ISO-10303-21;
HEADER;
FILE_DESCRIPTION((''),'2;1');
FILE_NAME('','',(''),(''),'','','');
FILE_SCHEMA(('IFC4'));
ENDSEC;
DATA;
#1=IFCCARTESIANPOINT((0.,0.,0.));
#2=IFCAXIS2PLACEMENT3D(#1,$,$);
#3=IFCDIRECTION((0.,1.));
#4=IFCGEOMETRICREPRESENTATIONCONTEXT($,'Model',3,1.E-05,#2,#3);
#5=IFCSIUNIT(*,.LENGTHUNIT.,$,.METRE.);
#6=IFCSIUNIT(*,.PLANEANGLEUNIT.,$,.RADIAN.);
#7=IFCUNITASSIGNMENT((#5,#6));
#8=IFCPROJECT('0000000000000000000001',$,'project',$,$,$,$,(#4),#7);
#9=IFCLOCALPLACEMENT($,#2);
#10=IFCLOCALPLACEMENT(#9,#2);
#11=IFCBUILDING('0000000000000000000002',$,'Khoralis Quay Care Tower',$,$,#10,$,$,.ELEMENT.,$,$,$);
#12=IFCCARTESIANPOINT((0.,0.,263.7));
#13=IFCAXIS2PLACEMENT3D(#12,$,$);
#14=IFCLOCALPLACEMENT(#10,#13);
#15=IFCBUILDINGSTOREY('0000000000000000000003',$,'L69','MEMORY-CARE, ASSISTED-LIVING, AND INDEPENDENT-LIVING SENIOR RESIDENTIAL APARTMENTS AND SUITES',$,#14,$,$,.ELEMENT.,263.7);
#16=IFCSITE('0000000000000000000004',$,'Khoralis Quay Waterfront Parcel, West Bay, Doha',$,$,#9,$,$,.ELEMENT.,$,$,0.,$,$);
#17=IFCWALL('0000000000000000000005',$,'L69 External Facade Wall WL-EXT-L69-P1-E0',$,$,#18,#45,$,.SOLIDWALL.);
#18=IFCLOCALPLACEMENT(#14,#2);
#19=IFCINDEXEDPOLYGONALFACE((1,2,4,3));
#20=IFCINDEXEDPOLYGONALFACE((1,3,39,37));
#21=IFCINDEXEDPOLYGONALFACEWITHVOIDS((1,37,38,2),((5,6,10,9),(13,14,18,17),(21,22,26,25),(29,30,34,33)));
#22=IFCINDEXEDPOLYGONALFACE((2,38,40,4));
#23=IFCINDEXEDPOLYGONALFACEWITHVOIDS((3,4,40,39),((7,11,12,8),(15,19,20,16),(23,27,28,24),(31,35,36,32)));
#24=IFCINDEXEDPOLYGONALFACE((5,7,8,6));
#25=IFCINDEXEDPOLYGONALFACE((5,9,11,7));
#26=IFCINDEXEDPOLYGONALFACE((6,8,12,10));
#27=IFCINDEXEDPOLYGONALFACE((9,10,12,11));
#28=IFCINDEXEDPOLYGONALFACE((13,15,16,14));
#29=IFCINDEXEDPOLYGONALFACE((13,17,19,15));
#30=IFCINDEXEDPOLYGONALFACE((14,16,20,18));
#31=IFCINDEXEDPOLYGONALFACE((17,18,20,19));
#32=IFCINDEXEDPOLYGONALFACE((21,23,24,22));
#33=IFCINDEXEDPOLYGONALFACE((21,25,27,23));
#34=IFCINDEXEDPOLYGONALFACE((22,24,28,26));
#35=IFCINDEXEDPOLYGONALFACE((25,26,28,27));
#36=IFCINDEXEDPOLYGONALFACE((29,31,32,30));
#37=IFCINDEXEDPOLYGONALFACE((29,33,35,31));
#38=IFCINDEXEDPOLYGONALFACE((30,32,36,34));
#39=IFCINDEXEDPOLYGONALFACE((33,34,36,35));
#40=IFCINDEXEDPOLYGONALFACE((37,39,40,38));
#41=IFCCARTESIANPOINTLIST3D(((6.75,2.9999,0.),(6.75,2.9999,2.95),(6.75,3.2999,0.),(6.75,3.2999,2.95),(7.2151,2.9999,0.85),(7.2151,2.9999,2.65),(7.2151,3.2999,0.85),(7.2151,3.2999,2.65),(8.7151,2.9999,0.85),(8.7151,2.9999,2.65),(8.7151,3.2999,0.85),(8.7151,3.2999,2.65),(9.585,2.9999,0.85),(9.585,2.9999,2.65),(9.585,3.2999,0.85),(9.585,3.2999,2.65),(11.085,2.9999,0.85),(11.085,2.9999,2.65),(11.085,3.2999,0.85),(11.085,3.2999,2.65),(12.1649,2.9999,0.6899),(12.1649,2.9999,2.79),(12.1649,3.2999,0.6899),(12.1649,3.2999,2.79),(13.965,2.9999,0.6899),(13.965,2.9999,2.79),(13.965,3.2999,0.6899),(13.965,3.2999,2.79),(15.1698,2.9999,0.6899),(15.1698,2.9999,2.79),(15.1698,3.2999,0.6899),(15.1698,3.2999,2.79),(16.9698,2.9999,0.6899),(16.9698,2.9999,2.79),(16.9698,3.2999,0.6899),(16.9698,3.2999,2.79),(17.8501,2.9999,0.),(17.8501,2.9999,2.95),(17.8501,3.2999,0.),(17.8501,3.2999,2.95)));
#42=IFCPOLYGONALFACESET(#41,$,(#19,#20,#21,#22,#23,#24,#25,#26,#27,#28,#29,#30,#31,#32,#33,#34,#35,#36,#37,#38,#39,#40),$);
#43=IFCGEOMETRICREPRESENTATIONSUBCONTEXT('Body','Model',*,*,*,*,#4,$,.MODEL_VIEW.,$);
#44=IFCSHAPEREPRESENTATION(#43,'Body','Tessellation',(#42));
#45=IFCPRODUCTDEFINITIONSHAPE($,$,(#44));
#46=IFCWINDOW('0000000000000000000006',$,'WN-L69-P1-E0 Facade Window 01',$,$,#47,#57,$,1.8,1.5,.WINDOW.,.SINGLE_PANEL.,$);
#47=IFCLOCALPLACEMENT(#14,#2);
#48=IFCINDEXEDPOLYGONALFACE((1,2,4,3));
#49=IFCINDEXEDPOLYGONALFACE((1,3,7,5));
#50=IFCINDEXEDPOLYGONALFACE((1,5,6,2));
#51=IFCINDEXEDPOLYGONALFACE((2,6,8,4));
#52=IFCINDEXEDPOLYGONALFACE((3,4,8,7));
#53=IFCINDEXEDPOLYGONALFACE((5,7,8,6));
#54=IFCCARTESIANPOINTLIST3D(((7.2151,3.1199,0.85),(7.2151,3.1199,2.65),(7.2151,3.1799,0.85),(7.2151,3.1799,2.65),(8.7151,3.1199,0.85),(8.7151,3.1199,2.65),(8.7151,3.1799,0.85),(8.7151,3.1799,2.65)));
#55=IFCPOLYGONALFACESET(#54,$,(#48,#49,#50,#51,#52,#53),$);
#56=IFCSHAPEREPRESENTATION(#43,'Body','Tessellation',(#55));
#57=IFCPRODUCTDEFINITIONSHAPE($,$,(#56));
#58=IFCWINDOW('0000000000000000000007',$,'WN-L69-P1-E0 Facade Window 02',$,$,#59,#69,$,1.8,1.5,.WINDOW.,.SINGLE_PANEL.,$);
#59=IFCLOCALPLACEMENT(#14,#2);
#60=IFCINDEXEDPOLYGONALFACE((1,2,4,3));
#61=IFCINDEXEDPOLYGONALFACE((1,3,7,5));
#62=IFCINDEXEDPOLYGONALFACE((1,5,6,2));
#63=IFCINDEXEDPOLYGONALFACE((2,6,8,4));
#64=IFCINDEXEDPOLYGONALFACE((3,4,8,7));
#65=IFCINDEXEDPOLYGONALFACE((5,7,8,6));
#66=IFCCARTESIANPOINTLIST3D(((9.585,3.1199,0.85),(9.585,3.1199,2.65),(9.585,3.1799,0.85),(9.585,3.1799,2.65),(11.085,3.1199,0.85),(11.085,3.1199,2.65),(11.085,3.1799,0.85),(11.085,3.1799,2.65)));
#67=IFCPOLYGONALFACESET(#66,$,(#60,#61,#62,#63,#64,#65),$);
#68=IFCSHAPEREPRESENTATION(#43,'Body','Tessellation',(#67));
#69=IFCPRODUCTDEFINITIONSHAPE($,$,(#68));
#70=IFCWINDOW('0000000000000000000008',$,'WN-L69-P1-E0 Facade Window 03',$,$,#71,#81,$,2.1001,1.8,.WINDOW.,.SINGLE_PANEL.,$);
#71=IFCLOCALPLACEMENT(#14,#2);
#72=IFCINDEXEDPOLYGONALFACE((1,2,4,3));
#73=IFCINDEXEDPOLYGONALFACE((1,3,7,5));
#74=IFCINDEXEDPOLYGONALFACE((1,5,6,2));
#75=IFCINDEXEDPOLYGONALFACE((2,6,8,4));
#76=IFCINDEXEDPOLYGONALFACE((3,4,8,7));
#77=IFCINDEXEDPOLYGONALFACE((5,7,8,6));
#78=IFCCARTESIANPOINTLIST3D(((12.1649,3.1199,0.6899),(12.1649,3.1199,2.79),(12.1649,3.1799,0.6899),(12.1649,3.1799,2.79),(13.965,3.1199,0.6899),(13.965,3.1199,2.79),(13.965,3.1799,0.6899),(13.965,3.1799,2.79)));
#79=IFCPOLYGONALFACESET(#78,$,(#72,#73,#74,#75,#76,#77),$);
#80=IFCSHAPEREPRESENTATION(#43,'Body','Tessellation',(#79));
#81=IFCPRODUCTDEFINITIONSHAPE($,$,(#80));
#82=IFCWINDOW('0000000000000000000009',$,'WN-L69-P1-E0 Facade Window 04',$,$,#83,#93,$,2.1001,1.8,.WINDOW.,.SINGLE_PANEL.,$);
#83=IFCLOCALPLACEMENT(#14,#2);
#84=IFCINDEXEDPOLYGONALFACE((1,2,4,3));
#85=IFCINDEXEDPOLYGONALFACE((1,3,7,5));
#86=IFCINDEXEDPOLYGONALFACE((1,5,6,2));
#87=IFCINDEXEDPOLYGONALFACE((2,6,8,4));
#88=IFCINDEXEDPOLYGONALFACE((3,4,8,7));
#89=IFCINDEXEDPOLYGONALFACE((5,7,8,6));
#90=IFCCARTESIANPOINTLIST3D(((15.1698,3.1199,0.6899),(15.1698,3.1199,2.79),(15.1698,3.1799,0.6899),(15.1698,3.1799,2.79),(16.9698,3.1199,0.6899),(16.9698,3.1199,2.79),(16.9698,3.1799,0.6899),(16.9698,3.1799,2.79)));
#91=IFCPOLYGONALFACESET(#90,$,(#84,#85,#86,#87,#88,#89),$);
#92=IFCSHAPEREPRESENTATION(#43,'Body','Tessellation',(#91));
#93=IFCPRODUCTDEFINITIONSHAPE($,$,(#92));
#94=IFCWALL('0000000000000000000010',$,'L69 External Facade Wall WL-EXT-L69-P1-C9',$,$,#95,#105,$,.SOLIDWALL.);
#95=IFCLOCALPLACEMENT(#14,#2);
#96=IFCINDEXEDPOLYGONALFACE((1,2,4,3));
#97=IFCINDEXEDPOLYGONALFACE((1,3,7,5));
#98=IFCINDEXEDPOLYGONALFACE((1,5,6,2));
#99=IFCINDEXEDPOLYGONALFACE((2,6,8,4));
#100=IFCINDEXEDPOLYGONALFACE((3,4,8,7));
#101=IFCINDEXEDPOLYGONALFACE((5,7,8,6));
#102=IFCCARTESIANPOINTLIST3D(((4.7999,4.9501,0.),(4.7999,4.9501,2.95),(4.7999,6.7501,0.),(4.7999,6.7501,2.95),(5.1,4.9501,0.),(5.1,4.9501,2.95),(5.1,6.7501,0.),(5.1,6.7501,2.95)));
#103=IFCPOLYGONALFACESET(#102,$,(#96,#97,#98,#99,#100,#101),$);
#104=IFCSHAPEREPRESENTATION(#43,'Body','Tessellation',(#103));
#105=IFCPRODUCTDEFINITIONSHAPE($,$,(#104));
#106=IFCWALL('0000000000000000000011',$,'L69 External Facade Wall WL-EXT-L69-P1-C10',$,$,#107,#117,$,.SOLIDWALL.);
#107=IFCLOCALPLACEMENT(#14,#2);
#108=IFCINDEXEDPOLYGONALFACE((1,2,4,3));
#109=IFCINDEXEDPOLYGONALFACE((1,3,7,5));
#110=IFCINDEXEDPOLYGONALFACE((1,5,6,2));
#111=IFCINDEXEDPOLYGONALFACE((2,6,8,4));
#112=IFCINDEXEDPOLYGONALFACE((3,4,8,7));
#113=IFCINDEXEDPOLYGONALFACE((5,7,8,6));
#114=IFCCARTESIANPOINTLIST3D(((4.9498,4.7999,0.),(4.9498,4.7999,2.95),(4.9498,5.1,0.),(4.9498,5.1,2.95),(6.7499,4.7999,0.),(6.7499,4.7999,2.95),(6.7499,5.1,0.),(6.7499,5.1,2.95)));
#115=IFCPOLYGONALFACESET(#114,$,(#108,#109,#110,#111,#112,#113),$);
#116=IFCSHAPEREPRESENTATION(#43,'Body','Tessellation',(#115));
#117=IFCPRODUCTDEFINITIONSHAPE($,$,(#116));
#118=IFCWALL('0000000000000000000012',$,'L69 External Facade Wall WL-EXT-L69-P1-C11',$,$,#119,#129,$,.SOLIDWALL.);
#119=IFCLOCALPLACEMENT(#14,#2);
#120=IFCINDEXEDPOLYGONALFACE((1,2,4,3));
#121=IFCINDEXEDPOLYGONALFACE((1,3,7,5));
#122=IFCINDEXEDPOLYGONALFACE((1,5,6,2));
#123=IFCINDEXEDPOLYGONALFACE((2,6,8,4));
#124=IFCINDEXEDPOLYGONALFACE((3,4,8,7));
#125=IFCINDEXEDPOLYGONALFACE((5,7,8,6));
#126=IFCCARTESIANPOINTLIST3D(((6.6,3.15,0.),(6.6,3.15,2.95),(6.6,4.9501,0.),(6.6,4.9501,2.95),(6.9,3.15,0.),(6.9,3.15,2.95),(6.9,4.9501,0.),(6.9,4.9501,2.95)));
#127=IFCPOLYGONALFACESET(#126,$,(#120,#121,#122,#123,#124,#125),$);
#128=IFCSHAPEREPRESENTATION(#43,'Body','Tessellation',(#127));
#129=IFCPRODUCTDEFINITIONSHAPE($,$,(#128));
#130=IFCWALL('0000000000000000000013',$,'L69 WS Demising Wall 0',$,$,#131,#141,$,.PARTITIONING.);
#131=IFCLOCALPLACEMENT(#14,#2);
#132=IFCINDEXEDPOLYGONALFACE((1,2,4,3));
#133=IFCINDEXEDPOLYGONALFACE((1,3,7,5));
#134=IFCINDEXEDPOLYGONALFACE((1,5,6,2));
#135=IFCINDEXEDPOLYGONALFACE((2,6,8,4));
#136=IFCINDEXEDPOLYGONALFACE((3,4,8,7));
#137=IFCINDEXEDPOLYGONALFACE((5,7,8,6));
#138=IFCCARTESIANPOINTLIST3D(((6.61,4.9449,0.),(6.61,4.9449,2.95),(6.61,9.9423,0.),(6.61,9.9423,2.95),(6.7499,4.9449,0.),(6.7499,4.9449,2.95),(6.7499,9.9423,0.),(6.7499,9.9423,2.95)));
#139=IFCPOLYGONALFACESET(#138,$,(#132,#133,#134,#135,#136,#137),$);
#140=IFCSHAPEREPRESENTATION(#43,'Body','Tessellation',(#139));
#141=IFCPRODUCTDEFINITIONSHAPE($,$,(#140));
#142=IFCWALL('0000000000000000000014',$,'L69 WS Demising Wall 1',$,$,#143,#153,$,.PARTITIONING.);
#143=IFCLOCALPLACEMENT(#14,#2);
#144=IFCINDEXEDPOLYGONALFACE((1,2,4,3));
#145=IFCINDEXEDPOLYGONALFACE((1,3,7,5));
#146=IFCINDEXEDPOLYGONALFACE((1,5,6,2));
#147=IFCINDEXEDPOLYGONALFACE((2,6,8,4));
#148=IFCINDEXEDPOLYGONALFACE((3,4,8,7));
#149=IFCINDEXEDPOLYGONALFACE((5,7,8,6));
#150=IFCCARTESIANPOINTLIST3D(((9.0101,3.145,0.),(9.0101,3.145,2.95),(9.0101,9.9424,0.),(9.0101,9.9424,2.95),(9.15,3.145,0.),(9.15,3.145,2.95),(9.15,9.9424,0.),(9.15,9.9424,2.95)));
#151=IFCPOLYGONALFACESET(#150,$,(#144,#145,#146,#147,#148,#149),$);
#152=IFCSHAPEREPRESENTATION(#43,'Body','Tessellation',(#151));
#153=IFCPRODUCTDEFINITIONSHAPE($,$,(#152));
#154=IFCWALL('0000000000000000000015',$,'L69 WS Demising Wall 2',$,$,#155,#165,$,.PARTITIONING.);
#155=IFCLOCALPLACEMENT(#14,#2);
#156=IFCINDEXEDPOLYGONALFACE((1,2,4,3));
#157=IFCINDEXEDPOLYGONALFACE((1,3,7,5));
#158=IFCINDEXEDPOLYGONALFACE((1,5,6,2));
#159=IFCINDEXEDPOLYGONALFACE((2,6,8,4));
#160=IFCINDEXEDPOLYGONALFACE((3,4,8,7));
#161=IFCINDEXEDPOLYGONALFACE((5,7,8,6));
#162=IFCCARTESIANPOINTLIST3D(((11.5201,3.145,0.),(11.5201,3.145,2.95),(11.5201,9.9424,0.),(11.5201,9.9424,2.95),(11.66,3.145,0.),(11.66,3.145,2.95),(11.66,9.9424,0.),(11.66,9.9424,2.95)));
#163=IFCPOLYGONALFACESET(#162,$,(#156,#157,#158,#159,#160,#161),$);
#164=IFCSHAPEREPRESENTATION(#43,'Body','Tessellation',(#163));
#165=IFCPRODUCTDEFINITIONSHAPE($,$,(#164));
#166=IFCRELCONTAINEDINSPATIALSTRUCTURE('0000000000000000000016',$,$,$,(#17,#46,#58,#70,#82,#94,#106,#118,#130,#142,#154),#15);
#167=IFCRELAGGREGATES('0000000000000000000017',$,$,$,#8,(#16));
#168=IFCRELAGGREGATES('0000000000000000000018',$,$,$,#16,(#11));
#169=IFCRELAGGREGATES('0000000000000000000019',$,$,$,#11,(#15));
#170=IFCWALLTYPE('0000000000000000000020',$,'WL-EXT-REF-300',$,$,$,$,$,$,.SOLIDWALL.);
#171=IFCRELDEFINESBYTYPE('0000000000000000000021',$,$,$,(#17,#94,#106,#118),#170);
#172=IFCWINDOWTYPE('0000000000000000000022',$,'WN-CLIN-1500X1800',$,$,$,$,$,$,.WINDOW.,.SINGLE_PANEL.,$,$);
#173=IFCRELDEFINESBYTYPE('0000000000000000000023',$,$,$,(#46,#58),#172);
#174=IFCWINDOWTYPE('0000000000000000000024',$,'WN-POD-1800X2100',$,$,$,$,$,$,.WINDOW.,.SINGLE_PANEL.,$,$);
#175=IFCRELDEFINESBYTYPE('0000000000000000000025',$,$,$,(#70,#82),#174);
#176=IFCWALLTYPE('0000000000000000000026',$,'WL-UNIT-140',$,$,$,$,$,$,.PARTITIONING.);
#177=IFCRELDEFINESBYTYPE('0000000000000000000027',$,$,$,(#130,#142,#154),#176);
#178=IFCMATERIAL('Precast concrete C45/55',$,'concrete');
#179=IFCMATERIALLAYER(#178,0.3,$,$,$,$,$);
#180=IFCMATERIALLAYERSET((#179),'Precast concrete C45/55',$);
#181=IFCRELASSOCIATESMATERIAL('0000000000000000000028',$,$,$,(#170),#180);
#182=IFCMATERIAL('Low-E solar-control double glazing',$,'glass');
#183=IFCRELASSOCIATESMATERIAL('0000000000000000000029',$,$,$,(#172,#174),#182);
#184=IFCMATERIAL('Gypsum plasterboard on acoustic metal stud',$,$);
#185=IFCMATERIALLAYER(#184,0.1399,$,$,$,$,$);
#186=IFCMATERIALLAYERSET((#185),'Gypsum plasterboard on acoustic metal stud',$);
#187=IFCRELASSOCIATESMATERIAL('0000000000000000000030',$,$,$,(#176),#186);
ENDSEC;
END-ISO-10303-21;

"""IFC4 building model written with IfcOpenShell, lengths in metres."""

from ifc_helpers import new_model, si_unit, direction, frame, frame_2d, origin, place, context, subcontext, project, spatial, rectangle, extrude, source, transform, mapped, material, layer, layer_set, type_object, element, fill, save


model = new_model("IFC4")

# Units and contexts
model_context = context("Model", 3, precision=1e-05, world=origin(), true_north=direction((0.0, 1.0)))
body_context = subcontext(model_context, "Body", "Model", "MODEL_VIEW")
ifc_project = project(units=[si_unit("LENGTHUNIT", "METRE"), si_unit("PLANEANGLEUNIT", "RADIAN")], contexts=[model_context])

# Site, building, storey
site_placement = place(None, origin())
site = spatial("IfcSite", under=ifc_project, at=site_placement, Name="Khoralis Quay Waterfront Parcel, West Bay, Doha", CompositionType="ELEMENT", RefElevation=0.0)
building_placement = place(site_placement, origin())
building = spatial("IfcBuilding", under=site, at=building_placement, Name="Khoralis Quay Care Tower", CompositionType="ELEMENT")
storey_placement = place(building_placement, frame((0.0, 0.0, 263.7)))
storey = spatial("IfcBuildingStorey", under=building, at=storey_placement, Name="L69", Description="MEMORY-CARE, ASSISTED-LIVING, AND INDEPENDENT-LIVING SENIOR RESIDENTIAL APARTMENTS AND SUITES", CompositionType="ELEMENT", Elevation=263.7)

# Shared definitions
ifc_material_1 = material(Name="Gypsum plasterboard on acoustic metal stud")

# Wall, openings, windows
ifc_material_2 = material(Name="Precast concrete C45/55", Category="concrete")
ifc_layer_1 = layer(ifc_material_2, 0.3)
ifc_layer_set_1 = layer_set([ifc_layer_1], Name="Precast concrete C45/55")
wall_type_1 = type_object("IfcWallType", Name="WL-EXT-REF-300", PredefinedType="SOLIDWALL", material=ifc_layer_set_1)
wall_1_placement = place(storey_placement, frame((6.75, 3.1499, 0.0), z_axis=(0.0, 0.0, 1.0), x_axis=(1.0, 0.0, 0.0)))
wall_1 = element("IfcWall", 1, at=wall_1_placement, inside=storey, type_object=wall_type_1, Name="L69 External Facade Wall WL-EXT-L69-P1-E0", PredefinedType="SOLIDWALL", context=body_context, shape_type="SweptSolid", body=[
    extrude(rectangle(XDim=11.1001, YDim=0.3, at=frame_2d((5.55, 0.0))), origin(), (0.0, 0.0, 1.0), 2.95),
])
opening_1_placement = place(wall_1_placement, frame((0.4651, 0.0, 0.8501)))
opening_1 = element("IfcOpeningElement", 2, at=opening_1_placement, cuts=wall_1, PredefinedType="OPENING", context=body_context, shape_type="SweptSolid", body=[
    extrude(rectangle(XDim=1.5, YDim=1.8, at=frame_2d((0.75, 0.8999))), frame((0.0, 0.1602, 0.0), z_axis=(0.0, -1.0, 0.0), x_axis=(1.0, 0.0, 0.0)), (0.0, 0.0, 1.0), 0.3201),
])
opening_2_placement = place(wall_1_placement, frame((2.835, 0.0, 0.8501)))
opening_2 = element("IfcOpeningElement", 3, at=opening_2_placement, cuts=wall_1, PredefinedType="OPENING", context=body_context, shape_type="SweptSolid", body=[
    extrude(rectangle(XDim=1.5, YDim=1.8, at=frame_2d((0.75, 0.8999))), frame((0.0, 0.1602, 0.0), z_axis=(0.0, -1.0, 0.0), x_axis=(1.0, 0.0, 0.0)), (0.0, 0.0, 1.0), 0.3201),
])
opening_3_placement = place(wall_1_placement, frame((5.415, 0.0, 0.6899)))
opening_3 = element("IfcOpeningElement", 4, at=opening_3_placement, cuts=wall_1, PredefinedType="OPENING", context=body_context, shape_type="SweptSolid", body=[
    extrude(rectangle(XDim=1.8, YDim=2.1001, at=frame_2d((0.8999, 1.05))), frame((0.0, 0.1602, 0.0), z_axis=(0.0, -1.0, 0.0), x_axis=(1.0, 0.0, 0.0)), (0.0, 0.0, 1.0), 0.3201),
])
opening_4_placement = place(wall_1_placement, frame((8.4199, 0.0, 0.6899)))
opening_4 = element("IfcOpeningElement", 5, at=opening_4_placement, cuts=wall_1, PredefinedType="OPENING", context=body_context, shape_type="SweptSolid", body=[
    extrude(rectangle(XDim=1.8, YDim=2.1001, at=frame_2d((0.8999, 1.05))), frame((0.0, 0.1602, 0.0), z_axis=(0.0, -1.0, 0.0), x_axis=(1.0, 0.0, 0.0)), (0.0, 0.0, 1.0), 0.3201),
])
ifc_material_3 = material(Name="Low-E solar-control double glazing", Category="glass")
window_type_1 = type_object("IfcWindowType", Name="WN-CLIN-1500X1800", PartitioningType="SINGLE_PANEL", PredefinedType="WINDOW", material=ifc_material_3)
shared_shape_1 = source(origin(), body_context, "Body", "SweptSolid", [
    extrude(rectangle(XDim=1.5, YDim=1.8, at=frame_2d((0.75, 0.8999))), frame((0.0, 0.03, 0.0), z_axis=(0.0, -1.0, 0.0), x_axis=(1.0, 0.0, 0.0)), (0.0, 0.0, 1.0), 0.0601),
])
window_1_placement = place(opening_1_placement, origin())
window_1 = element("IfcWindow", 6, at=window_1_placement, inside=storey, type_object=window_type_1, Name="WN-L69-P1-E0 Facade Window 01", OverallHeight=1.8, OverallWidth=1.5, PartitioningType="SINGLE_PANEL", PredefinedType="WINDOW", context=body_context, shape_type="MappedRepresentation", body=[
    mapped(shared_shape_1, transform((0.0, 0.0, 0.0), scale=1.0)),
])
fill(opening_1, window_1)
window_2_placement = place(opening_2_placement, origin())
window_2 = element("IfcWindow", 7, at=window_2_placement, inside=storey, type_object=window_type_1, Name="WN-L69-P1-E0 Facade Window 02", OverallHeight=1.8, OverallWidth=1.5, PartitioningType="SINGLE_PANEL", PredefinedType="WINDOW", context=body_context, shape_type="MappedRepresentation", body=[
    mapped(shared_shape_1, transform((0.0, 0.0, 0.0), scale=1.0)),
])
fill(opening_2, window_2)
window_type_2 = type_object("IfcWindowType", Name="WN-POD-1800X2100", PartitioningType="SINGLE_PANEL", PredefinedType="WINDOW", material=ifc_material_3)
shared_shape_2 = source(origin(), body_context, "Body", "SweptSolid", [
    extrude(rectangle(XDim=1.8, YDim=2.1001, at=frame_2d((0.8999, 1.05))), frame((0.0, 0.03, 0.0), z_axis=(0.0, -1.0, 0.0), x_axis=(1.0, 0.0, 0.0)), (0.0, 0.0, 1.0), 0.0601),
])
window_3_placement = place(opening_3_placement, origin())
window_3 = element("IfcWindow", 8, at=window_3_placement, inside=storey, type_object=window_type_2, Name="WN-L69-P1-E0 Facade Window 03", OverallHeight=2.1001, OverallWidth=1.8, PartitioningType="SINGLE_PANEL", PredefinedType="WINDOW", context=body_context, shape_type="MappedRepresentation", body=[
    mapped(shared_shape_2, transform((0.0, 0.0, 0.0), scale=1.0)),
])
fill(opening_3, window_3)
window_4_placement = place(opening_4_placement, origin())
window_4 = element("IfcWindow", 9, at=window_4_placement, inside=storey, type_object=window_type_2, Name="WN-L69-P1-E0 Facade Window 04", OverallHeight=2.1001, OverallWidth=1.8, PartitioningType="SINGLE_PANEL", PredefinedType="WINDOW", context=body_context, shape_type="MappedRepresentation", body=[
    mapped(shared_shape_2, transform((0.0, 0.0, 0.0), scale=1.0)),
])
fill(opening_4, window_4)

# Walls
for number, where, z_axis, x_axis, name in (
    (10, (4.95, 6.75, 0.0), (0.0, 0.0, 1.0), (0.0, -1.0, 0.0), "L69 External Facade Wall WL-EXT-L69-P1-C9"),
    (11, (4.95, 4.95, 0.0), (0.0, 0.0, 1.0), (1.0, 0.0, 0.0), "L69 External Facade Wall WL-EXT-L69-P1-C10"),
    (12, (6.75, 4.95, 0.0), (0.0, 0.0, 1.0), (0.0, -1.0, 0.0), "L69 External Facade Wall WL-EXT-L69-P1-C11"),
):
    element("IfcWall", number, at=place(storey_placement, frame(where, z_axis=z_axis, x_axis=x_axis)), inside=storey, type_object=wall_type_1, Name=name, PredefinedType="SOLIDWALL", context=body_context, shape_type="SweptSolid", body=[
        extrude(rectangle(XDim=1.8, YDim=0.3, at=frame_2d((0.8999, 0.0))), origin(), (0.0, 0.0, 1.0), 2.95),
    ])
ifc_layer_2 = layer(ifc_material_1, 0.1399)
ifc_layer_set_2 = layer_set([ifc_layer_2], Name="Gypsum plasterboard on acoustic metal stud")
wall_type_2 = type_object("IfcWallType", Name="WL-UNIT-140", PredefinedType="PARTITIONING", material=ifc_layer_set_2)
wall_2_placement = place(storey_placement, frame((6.6799, 4.9451, 0.0), z_axis=(0.0, 0.0, 1.0), x_axis=(0.0, 1.0, 0.0)))
element("IfcWall", 13, at=wall_2_placement, inside=storey, type_object=wall_type_2, Name="L69 WS Demising Wall 0", PredefinedType="PARTITIONING", context=body_context, shape_type="SweptSolid", body=[
    extrude(rectangle(XDim=4.9973, YDim=0.1399, at=frame_2d((2.4985, 0.0))), origin(), (0.0, 0.0, 1.0), 2.95),
])
for number, where, z_axis, x_axis, name in (
    (14, (9.0801, 3.145, 0.0), (0.0, 0.0, 1.0), (0.0, 1.0, 0.0), "L69 WS Demising Wall 1"),
    (15, (11.5901, 3.145, 0.0), (0.0, 0.0, 1.0), (0.0, 1.0, 0.0), "L69 WS Demising Wall 2"),
):
    element("IfcWall", number, at=place(storey_placement, frame(where, z_axis=z_axis, x_axis=x_axis)), inside=storey, type_object=wall_type_2, Name=name, PredefinedType="PARTITIONING", context=body_context, shape_type="SweptSolid", body=[
        extrude(rectangle(XDim=6.7974, YDim=0.1399, at=frame_2d((3.3987, 0.0))), origin(), (0.0, 0.0, 1.0), 2.95),
    ])

save(model, "model.ifc")
